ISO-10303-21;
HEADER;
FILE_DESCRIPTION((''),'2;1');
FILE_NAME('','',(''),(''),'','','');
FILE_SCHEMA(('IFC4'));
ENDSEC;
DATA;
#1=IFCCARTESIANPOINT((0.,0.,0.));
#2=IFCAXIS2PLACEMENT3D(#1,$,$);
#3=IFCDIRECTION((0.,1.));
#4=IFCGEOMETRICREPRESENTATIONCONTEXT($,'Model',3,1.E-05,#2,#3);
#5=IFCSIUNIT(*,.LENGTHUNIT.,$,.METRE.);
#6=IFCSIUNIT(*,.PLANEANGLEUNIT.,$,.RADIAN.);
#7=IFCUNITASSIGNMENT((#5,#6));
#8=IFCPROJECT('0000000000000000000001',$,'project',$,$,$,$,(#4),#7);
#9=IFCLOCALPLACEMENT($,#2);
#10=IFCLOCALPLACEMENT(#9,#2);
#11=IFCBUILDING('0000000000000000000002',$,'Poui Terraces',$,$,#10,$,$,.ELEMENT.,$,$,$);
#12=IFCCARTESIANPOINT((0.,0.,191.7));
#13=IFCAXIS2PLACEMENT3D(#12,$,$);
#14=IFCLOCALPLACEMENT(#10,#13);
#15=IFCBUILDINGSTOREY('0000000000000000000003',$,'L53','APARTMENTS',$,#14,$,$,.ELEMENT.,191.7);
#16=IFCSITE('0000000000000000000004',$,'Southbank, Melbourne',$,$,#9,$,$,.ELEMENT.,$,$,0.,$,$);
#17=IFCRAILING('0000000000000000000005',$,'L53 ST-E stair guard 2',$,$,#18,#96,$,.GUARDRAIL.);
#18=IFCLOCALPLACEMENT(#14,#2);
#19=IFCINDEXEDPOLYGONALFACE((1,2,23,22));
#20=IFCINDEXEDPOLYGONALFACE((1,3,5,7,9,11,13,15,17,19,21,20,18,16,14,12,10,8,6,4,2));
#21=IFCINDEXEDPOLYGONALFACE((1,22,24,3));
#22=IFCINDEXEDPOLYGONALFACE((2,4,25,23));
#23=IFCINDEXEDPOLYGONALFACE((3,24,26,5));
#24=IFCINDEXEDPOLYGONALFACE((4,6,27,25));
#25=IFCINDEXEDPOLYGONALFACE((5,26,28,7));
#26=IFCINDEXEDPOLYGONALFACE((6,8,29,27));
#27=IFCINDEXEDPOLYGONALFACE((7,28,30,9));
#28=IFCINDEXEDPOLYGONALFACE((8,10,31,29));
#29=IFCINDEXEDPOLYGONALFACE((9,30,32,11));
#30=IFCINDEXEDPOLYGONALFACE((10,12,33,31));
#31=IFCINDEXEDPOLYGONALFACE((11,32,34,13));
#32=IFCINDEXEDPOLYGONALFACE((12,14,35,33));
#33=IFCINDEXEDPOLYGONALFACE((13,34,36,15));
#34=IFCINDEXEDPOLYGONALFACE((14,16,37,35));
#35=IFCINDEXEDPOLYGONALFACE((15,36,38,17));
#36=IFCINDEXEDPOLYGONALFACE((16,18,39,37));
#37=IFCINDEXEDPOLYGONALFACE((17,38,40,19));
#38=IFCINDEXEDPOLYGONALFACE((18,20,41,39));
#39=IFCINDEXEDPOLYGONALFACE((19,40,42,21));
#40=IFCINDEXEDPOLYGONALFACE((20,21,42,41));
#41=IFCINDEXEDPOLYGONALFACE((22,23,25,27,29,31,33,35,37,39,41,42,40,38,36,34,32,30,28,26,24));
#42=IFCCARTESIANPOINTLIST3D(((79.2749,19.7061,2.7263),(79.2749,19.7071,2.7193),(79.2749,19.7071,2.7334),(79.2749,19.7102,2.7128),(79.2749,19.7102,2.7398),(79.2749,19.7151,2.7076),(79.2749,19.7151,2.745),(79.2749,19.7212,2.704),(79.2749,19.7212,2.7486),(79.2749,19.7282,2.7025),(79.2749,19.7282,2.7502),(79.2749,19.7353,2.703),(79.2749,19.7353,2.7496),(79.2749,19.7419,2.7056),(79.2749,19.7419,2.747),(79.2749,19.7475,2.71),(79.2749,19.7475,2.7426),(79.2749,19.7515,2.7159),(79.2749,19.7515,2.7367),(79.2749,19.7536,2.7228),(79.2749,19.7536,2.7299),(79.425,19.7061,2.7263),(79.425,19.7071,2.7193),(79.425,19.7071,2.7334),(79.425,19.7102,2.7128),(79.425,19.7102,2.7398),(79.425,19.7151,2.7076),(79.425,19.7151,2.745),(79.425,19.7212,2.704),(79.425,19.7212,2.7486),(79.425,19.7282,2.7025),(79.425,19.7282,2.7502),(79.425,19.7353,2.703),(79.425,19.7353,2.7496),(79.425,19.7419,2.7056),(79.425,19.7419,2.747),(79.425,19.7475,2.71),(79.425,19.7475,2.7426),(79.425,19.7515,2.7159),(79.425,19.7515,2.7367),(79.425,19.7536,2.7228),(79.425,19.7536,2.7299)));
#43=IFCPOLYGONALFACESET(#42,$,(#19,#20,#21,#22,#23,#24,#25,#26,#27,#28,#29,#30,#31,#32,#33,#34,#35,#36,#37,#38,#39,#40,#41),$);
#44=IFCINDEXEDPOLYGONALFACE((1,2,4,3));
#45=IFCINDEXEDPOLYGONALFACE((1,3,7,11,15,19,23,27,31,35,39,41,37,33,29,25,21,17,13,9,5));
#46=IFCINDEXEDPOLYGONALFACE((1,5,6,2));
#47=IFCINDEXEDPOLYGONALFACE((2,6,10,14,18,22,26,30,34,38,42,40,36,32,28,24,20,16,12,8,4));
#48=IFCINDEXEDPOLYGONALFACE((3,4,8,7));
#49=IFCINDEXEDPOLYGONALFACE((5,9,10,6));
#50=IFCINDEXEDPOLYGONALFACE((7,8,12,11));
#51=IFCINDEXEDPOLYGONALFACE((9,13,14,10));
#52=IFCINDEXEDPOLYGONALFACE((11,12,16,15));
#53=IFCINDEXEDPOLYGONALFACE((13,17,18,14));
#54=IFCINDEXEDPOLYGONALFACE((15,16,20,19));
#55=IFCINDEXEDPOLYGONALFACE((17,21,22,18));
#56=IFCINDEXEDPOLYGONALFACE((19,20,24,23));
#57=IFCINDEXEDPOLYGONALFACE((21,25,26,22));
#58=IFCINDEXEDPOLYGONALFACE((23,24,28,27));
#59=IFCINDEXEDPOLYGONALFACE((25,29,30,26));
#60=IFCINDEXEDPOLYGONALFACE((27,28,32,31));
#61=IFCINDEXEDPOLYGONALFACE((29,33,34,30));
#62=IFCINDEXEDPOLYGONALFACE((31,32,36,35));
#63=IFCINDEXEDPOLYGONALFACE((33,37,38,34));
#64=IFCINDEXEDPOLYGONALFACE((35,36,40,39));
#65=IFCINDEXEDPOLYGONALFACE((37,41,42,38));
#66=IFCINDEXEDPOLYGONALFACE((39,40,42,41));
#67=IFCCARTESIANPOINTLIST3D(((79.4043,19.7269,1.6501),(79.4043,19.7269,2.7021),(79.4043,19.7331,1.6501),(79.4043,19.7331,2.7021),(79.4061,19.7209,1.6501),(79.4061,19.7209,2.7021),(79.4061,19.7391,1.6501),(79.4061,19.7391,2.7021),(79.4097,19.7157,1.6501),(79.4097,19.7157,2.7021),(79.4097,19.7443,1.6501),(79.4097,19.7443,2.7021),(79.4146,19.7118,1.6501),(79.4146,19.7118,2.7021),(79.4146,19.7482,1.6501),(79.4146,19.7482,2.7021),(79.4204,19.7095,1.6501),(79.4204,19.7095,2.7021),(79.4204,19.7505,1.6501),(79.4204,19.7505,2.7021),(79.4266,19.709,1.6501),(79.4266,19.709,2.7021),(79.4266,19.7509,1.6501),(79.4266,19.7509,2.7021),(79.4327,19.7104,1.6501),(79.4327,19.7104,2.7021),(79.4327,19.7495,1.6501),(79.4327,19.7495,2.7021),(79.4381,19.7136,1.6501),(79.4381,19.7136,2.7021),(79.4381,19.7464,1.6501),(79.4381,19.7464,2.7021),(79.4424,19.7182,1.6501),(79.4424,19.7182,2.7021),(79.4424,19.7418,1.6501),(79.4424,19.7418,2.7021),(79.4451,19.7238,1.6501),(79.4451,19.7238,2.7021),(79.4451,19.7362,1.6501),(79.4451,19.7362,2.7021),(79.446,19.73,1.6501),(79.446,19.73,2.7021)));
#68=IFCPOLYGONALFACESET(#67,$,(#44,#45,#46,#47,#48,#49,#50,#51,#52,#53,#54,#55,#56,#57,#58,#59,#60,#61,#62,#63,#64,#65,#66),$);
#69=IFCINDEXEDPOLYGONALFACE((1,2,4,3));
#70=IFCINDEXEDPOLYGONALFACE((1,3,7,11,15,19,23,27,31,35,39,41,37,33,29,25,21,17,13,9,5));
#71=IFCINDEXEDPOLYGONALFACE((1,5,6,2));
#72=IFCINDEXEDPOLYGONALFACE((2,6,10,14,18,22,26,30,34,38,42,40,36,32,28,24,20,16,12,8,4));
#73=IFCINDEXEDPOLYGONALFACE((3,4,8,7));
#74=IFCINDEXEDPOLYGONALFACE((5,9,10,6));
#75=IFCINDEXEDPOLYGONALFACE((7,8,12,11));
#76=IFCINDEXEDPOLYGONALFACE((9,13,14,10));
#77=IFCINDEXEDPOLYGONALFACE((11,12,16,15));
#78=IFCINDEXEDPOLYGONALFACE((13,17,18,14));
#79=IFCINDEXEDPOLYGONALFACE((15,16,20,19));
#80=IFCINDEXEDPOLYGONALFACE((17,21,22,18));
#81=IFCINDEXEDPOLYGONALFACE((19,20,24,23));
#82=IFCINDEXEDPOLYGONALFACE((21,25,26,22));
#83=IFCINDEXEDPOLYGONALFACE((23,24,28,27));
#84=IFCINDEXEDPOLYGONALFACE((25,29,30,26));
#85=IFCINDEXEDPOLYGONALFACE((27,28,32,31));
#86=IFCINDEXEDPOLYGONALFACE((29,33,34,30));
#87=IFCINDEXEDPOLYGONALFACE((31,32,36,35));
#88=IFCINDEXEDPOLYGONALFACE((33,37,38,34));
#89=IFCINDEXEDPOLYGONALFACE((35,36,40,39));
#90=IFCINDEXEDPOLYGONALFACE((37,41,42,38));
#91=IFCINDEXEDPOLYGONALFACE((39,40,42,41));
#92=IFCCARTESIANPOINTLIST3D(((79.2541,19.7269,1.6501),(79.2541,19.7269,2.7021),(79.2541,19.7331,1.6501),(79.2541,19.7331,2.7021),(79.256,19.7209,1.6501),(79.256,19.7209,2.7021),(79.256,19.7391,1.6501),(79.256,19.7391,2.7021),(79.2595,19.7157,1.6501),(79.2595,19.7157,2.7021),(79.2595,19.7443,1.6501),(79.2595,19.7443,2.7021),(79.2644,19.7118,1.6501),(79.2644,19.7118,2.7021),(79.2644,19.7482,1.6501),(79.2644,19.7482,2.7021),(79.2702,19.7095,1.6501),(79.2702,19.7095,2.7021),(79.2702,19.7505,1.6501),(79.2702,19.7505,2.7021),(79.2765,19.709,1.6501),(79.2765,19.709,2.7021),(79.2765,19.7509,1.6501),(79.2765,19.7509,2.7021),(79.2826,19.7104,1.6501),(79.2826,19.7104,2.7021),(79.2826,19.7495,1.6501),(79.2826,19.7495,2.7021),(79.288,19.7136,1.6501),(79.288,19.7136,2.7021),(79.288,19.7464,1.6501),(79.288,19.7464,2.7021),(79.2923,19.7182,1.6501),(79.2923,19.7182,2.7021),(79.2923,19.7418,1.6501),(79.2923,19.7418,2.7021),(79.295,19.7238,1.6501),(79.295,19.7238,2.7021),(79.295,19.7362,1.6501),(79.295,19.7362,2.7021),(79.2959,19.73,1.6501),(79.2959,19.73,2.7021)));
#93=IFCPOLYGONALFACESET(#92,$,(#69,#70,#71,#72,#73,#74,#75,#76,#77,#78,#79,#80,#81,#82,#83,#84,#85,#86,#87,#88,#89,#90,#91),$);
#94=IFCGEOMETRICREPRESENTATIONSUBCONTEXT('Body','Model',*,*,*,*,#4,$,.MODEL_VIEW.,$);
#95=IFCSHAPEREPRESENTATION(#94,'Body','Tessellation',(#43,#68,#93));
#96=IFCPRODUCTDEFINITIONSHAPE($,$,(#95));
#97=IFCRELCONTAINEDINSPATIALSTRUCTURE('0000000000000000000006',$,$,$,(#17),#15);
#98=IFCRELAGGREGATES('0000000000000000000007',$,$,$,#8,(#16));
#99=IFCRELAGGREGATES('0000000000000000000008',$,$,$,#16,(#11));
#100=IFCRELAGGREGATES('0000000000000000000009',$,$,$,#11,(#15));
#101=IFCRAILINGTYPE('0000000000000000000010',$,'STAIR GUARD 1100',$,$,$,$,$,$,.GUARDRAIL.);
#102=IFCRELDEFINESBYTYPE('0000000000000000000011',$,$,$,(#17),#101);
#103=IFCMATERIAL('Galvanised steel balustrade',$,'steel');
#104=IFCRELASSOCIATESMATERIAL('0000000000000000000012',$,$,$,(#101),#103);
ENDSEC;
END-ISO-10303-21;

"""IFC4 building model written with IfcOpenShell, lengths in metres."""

from ifc_helpers import new_model, si_unit, direction, frame, origin, origin_2d, place, context, subcontext, project, spatial, circle, extrude, material, type_object, element, save


model = new_model("IFC4")

# Units and contexts
model_context = context("Model", 3, precision=1e-05, world=origin(), true_north=direction((0.0, 1.0)))
body_context = subcontext(model_context, "Body", "Model", "MODEL_VIEW")
ifc_project = project(units=[si_unit("LENGTHUNIT", "METRE"), si_unit("PLANEANGLEUNIT", "RADIAN")], contexts=[model_context])

# Site, building, storey
site_placement = place(None, origin())
site = spatial("IfcSite", under=ifc_project, at=site_placement, Name="Southbank, Melbourne", CompositionType="ELEMENT", RefElevation=0.0)
building_placement = place(site_placement, origin())
building = spatial("IfcBuilding", under=site, at=building_placement, Name="Poui Terraces", CompositionType="ELEMENT")
storey_placement = place(building_placement, frame((0.0, 0.0, 191.7)))
storey = spatial("IfcBuildingStorey", under=building, at=storey_placement, Name="L53", Description="APARTMENTS", CompositionType="ELEMENT", Elevation=191.7)

# Railing
ifc_material_1 = material(Name="Galvanised steel balustrade", Category="steel")
railing_type_1 = type_object("IfcRailingType", Name="STAIR GUARD 1100", PredefinedType="GUARDRAIL", material=ifc_material_1)
railing_1_placement = place(storey_placement, frame((79.425, 19.73, 1.6501)))
element("IfcRailing", 1, at=railing_1_placement, inside=storey, type_object=railing_type_1, Name="L53 ST-E stair guard 2", PredefinedType="GUARDRAIL", context=body_context, shape_type="SweptSolid", body=[
    extrude(circle(Radius=0.0239, at=origin_2d()), frame((0.0, 0.0, 1.0762), z_axis=(-1.0, 0.0, 0.0), x_axis=(0.0, -1.0, 0.0)), (0.0, 0.0, 1.0), 0.1501),
    extrude(circle(Radius=0.021, at=origin_2d()), origin(), (0.0, 0.0, 1.0), 1.052),
    extrude(circle(Radius=0.021, at=origin_2d()), frame((-0.1501, 0.0, 0.0)), (0.0, 0.0, 1.0), 1.052),
])

save(model, "model.ifc")
